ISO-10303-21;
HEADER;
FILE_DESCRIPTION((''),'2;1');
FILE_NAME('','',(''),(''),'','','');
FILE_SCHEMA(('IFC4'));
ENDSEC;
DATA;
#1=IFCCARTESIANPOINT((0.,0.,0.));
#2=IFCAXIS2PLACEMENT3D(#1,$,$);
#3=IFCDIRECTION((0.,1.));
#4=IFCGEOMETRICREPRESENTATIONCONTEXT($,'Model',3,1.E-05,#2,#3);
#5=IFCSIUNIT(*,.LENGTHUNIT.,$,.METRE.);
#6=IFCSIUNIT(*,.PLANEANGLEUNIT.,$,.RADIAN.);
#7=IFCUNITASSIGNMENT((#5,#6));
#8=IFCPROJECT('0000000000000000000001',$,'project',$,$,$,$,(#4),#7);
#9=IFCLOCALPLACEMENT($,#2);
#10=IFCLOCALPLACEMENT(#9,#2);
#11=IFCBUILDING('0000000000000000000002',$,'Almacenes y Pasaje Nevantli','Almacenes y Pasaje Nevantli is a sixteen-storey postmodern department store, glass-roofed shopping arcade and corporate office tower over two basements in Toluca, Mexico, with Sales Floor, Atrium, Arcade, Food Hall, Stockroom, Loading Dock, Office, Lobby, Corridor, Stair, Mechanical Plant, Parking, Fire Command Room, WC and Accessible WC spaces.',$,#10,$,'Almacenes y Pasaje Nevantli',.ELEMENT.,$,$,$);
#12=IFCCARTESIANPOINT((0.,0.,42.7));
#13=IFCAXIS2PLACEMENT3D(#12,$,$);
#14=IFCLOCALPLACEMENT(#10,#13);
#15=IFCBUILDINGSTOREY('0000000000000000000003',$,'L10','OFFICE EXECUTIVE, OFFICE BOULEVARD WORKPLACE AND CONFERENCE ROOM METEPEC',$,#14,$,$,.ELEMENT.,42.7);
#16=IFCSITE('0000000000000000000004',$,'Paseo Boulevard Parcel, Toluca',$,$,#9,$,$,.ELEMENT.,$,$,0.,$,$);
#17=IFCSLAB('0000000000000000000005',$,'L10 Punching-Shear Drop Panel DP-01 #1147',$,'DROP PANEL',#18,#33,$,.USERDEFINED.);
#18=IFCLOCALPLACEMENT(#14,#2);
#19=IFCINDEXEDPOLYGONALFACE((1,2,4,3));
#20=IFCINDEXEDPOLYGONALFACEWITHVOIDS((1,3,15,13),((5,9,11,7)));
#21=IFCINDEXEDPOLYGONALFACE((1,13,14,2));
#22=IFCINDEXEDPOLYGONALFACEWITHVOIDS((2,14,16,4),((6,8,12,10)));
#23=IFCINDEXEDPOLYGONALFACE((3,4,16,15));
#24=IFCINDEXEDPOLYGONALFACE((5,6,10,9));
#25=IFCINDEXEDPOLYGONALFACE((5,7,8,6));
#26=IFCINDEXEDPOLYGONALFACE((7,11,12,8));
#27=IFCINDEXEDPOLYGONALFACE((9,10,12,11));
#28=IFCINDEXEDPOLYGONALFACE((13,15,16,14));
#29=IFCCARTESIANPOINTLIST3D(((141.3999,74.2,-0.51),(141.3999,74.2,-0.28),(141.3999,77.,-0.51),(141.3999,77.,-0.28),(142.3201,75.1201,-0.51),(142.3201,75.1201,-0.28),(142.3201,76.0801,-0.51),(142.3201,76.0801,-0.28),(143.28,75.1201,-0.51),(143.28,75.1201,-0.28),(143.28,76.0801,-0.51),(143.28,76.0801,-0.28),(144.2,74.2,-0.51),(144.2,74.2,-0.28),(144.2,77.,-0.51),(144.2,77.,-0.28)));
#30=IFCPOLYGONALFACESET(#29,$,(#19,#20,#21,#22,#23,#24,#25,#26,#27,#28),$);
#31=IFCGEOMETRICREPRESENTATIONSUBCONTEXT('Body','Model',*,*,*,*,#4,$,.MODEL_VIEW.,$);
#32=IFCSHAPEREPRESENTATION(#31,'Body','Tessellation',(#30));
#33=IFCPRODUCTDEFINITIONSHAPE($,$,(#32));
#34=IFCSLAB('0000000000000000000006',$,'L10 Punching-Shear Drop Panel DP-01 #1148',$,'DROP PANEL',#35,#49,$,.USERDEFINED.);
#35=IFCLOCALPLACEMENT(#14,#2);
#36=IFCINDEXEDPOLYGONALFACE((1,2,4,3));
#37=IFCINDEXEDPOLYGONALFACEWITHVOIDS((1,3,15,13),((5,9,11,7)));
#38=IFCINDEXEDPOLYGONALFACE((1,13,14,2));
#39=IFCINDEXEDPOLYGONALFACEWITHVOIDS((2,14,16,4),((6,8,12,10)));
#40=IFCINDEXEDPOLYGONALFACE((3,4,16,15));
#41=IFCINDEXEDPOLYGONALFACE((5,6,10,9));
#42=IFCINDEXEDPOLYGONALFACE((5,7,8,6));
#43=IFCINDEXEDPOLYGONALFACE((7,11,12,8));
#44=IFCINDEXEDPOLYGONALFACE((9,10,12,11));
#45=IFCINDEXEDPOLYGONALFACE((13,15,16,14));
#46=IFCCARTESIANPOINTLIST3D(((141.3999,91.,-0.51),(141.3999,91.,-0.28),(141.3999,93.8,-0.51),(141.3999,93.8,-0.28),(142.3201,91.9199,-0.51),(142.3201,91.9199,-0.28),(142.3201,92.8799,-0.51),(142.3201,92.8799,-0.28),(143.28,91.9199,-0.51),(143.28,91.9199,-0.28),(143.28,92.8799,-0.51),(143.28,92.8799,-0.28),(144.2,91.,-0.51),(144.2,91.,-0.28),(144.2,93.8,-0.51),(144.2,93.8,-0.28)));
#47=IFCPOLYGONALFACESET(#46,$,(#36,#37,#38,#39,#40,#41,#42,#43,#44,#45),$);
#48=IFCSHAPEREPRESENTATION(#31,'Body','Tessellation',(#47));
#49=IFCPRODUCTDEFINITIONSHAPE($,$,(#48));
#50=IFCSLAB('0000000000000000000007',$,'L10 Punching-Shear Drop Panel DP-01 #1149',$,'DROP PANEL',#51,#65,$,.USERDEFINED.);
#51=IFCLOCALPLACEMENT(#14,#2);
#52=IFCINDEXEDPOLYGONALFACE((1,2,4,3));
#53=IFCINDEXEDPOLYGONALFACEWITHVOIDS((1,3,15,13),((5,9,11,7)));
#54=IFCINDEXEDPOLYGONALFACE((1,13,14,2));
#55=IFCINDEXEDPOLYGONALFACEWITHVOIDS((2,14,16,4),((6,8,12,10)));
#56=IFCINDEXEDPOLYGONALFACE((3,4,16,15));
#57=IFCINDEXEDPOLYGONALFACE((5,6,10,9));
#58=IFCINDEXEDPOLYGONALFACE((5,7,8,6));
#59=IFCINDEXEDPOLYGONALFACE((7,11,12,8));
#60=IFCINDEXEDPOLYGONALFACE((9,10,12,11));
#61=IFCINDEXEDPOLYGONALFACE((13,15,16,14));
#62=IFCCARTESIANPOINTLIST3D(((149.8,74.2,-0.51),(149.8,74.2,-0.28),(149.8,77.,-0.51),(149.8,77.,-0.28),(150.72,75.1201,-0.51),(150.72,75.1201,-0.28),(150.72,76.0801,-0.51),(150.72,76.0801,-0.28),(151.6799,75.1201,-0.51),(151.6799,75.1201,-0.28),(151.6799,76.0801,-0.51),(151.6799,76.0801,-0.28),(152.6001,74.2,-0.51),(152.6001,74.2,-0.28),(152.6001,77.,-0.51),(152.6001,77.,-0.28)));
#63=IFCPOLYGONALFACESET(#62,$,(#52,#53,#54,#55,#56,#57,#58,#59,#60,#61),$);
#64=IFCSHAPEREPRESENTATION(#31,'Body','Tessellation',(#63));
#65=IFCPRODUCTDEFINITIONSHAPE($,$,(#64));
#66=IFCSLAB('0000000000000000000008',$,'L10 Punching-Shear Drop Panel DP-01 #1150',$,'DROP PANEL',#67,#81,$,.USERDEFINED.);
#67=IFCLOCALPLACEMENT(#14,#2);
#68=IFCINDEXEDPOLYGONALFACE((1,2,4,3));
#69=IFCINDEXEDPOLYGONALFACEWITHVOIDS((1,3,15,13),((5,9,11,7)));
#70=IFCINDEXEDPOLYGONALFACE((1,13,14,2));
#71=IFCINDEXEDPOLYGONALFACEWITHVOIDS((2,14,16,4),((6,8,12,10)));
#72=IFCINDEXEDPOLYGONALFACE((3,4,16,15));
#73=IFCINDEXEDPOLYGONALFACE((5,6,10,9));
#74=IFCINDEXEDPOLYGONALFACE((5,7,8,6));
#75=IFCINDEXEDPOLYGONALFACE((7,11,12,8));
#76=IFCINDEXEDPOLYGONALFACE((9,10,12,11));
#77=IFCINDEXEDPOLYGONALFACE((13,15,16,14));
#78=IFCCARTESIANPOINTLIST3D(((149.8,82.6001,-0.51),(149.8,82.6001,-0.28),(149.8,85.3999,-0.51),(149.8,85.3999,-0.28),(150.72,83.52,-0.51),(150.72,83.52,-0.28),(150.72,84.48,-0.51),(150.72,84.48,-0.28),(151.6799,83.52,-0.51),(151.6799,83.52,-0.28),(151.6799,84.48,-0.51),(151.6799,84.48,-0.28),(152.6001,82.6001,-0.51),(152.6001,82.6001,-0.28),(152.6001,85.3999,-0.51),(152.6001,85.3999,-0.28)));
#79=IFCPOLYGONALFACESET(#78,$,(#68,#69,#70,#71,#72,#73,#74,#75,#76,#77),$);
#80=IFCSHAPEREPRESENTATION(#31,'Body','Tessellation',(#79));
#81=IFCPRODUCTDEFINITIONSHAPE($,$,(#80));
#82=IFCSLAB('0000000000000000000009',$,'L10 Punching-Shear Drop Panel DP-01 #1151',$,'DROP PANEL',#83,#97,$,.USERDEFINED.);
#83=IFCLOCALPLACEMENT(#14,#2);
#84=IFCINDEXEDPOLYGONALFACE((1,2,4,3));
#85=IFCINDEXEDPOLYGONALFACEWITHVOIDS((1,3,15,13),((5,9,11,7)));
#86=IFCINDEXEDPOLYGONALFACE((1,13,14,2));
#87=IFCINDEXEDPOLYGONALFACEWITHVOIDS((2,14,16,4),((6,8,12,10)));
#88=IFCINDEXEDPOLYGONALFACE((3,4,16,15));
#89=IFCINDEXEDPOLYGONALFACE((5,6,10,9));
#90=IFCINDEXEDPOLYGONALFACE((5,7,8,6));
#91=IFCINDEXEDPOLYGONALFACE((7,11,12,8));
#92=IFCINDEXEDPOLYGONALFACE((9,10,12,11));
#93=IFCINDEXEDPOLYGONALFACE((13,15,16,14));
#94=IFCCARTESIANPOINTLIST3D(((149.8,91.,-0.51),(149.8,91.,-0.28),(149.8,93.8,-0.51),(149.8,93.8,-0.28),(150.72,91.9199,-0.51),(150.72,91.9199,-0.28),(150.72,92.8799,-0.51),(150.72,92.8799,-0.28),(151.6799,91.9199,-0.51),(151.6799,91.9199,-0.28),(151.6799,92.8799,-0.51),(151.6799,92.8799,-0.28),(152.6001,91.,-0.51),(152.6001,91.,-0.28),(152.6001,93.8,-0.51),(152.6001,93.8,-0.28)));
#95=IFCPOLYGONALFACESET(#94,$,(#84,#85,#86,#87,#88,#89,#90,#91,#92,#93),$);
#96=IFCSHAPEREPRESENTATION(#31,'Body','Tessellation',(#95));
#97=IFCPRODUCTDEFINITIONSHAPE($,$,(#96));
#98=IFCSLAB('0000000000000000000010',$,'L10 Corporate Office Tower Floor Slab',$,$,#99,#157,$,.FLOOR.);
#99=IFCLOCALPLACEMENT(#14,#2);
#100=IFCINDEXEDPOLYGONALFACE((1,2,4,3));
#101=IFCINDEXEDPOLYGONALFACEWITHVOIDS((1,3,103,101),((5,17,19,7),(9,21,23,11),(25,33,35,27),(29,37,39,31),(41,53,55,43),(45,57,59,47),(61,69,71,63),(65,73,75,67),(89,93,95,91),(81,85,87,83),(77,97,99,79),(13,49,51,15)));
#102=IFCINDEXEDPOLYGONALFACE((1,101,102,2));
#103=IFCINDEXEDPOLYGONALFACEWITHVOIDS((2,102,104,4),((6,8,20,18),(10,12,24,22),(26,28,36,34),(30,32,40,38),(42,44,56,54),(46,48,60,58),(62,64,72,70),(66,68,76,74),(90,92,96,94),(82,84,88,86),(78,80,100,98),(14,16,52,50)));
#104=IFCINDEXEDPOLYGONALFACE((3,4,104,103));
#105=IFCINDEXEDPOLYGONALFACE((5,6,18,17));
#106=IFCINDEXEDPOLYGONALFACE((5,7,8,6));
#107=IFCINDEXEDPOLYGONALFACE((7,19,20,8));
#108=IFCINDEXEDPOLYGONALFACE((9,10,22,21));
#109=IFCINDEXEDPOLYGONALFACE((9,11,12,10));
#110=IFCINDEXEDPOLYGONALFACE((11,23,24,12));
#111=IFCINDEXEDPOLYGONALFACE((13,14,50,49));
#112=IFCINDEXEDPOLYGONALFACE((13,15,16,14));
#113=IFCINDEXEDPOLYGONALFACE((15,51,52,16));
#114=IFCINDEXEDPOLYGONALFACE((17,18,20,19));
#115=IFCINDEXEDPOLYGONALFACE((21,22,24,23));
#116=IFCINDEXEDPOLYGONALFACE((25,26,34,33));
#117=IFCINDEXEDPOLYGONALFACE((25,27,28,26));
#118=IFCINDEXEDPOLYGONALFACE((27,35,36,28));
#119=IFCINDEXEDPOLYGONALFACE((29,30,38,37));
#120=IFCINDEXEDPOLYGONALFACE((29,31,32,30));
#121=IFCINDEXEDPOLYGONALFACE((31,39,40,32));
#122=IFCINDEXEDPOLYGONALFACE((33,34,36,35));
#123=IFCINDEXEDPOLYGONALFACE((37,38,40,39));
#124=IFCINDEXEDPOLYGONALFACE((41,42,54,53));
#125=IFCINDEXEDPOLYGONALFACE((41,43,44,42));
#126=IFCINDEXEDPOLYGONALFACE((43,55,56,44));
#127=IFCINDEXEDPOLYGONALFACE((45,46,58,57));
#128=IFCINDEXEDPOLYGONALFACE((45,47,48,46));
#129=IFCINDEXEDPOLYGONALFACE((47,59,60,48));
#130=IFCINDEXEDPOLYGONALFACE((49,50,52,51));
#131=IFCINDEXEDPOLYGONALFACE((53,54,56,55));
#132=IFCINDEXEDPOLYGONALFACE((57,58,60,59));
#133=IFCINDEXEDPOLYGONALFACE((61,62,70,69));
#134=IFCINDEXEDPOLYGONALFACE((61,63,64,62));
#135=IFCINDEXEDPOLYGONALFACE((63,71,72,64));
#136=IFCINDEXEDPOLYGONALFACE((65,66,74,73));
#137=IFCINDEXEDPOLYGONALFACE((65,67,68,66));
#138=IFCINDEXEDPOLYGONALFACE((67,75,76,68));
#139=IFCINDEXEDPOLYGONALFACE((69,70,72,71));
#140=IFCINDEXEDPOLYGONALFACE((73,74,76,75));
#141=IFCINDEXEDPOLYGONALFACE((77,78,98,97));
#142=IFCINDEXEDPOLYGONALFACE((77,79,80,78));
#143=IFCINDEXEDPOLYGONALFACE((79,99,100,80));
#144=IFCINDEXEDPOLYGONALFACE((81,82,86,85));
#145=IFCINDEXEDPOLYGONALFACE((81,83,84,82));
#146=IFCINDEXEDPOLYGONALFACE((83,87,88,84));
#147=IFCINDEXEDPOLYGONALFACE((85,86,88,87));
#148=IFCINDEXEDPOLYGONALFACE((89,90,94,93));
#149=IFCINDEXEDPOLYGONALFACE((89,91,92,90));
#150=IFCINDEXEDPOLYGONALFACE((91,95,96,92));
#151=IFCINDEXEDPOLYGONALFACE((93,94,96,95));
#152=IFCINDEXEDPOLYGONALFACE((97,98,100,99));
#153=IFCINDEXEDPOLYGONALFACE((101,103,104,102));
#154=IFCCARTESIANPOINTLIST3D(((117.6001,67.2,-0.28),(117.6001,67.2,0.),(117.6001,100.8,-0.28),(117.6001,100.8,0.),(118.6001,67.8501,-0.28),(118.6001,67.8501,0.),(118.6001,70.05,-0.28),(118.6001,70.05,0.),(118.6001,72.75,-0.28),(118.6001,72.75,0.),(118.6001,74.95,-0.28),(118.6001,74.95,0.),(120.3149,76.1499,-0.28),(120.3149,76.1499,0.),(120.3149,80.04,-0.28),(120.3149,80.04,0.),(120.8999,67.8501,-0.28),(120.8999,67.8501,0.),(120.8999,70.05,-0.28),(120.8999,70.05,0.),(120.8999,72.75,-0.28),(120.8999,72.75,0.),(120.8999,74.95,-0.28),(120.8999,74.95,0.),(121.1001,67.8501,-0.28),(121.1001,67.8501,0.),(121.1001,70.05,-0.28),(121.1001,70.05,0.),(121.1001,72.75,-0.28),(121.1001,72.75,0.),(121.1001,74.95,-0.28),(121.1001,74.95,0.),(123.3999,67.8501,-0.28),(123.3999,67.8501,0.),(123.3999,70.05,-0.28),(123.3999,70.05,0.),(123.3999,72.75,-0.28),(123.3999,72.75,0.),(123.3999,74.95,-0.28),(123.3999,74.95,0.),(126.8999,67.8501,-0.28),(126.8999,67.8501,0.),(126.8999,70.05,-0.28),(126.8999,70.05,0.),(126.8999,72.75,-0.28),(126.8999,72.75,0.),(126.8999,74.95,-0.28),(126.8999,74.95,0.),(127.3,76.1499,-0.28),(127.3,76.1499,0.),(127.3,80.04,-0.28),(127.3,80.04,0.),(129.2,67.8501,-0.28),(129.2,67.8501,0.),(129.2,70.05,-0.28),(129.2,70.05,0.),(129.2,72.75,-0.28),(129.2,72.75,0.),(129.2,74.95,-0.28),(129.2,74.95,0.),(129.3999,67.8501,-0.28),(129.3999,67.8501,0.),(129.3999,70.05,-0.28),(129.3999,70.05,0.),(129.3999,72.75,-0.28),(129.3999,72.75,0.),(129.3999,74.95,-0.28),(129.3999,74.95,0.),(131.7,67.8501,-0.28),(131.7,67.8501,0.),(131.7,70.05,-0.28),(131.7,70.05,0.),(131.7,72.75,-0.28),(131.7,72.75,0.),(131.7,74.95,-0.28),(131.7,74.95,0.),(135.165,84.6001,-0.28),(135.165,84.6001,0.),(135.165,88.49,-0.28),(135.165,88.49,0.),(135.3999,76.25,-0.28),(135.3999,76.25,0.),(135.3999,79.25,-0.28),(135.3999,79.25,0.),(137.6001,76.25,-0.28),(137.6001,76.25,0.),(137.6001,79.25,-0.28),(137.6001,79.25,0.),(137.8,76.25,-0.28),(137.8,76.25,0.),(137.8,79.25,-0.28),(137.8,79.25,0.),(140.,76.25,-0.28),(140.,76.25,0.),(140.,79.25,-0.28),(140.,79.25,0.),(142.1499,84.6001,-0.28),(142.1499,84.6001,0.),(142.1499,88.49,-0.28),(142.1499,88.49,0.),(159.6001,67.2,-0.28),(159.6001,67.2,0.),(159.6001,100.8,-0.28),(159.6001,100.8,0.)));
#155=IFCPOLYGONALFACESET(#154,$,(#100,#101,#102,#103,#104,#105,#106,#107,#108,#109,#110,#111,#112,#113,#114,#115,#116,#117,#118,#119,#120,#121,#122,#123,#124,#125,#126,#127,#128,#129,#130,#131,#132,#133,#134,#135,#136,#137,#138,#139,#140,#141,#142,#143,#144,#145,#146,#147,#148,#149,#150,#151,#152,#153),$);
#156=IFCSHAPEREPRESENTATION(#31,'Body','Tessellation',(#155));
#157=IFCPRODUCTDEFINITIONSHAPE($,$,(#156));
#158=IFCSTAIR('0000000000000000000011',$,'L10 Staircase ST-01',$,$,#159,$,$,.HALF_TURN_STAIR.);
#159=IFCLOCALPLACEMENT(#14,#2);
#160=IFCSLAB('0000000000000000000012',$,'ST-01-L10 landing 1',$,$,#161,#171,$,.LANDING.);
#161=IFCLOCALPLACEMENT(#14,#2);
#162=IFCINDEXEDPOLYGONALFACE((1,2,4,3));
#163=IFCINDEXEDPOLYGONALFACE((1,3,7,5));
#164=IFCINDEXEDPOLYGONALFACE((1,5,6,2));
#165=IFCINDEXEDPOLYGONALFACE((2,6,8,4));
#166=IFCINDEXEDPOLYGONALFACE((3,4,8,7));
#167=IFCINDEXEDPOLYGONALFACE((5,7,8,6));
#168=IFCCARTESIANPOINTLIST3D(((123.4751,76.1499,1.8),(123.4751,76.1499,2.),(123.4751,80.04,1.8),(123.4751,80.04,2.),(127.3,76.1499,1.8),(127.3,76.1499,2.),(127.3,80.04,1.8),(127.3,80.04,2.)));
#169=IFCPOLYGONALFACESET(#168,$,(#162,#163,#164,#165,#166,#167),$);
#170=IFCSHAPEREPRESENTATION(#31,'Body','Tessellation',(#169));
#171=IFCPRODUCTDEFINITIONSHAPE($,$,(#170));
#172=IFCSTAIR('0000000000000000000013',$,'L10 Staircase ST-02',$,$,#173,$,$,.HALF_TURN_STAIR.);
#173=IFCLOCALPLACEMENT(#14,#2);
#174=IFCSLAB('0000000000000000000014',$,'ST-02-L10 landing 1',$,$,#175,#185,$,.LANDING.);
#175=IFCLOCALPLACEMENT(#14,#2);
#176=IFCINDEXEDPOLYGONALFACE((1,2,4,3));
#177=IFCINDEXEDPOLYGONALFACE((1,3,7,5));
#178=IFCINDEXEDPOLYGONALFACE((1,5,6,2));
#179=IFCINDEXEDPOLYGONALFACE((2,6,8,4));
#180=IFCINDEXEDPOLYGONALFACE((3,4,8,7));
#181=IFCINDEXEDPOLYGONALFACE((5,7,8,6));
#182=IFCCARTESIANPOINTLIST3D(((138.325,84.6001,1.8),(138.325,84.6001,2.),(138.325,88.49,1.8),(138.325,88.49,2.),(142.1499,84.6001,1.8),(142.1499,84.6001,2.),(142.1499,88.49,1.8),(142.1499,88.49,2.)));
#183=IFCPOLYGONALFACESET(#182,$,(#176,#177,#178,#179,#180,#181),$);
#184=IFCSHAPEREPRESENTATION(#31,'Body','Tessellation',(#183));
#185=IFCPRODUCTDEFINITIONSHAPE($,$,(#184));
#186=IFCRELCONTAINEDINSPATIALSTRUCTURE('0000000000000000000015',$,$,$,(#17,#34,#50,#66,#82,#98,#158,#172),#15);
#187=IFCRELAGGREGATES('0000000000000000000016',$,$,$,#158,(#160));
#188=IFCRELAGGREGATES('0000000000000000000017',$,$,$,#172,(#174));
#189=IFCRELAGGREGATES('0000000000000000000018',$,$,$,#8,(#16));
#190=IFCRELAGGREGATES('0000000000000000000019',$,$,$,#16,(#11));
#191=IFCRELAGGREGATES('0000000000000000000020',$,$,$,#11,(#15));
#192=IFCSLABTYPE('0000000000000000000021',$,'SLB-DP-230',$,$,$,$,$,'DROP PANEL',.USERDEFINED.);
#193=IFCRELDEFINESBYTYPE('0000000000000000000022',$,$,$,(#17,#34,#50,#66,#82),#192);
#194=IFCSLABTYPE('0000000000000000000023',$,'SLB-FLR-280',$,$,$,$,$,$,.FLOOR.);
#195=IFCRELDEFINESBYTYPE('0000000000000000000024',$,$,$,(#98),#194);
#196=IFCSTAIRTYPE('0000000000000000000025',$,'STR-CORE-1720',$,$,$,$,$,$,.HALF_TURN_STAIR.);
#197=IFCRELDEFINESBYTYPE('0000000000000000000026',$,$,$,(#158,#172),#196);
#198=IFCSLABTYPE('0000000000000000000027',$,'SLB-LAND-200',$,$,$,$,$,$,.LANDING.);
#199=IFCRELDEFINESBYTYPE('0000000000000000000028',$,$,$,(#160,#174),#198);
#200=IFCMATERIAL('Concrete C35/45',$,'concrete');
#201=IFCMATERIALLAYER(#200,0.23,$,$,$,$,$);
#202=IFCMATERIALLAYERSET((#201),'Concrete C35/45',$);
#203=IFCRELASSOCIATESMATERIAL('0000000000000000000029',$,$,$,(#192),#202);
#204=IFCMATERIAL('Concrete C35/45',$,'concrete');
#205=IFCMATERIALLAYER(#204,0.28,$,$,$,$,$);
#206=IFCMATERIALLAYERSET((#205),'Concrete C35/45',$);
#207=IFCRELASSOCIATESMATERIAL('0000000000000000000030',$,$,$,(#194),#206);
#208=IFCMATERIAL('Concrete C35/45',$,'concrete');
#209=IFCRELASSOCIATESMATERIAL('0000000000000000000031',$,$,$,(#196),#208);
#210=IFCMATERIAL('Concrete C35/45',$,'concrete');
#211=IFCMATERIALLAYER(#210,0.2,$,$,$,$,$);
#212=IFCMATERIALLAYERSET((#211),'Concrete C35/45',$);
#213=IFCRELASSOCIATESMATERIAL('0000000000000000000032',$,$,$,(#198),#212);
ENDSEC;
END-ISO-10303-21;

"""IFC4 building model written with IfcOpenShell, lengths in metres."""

from ifc_helpers import new_model, si_unit, direction, frame, origin, place, context, subcontext, project, spatial, polyline, outline, extrude, material, layer, layer_set, type_object, element, aggregate, save


model = new_model("IFC4")

# Units and contexts
model_context = context("Model", 3, precision=1e-05, world=origin(), true_north=direction((0.0, 1.0)))
body_context = subcontext(model_context, "Body", "Model", "MODEL_VIEW")
ifc_project = project(units=[si_unit("LENGTHUNIT", "METRE"), si_unit("PLANEANGLEUNIT", "RADIAN")], contexts=[model_context])

# Site, building, storey
site_placement = place(None, origin())
site = spatial("IfcSite", under=ifc_project, at=site_placement, Name="Paseo Boulevard Parcel, Toluca", CompositionType="ELEMENT", RefElevation=0.0)
building_placement = place(site_placement, origin())
building = spatial("IfcBuilding", under=site, at=building_placement, Name="Almacenes y Pasaje Nevantli", Description="Almacenes y Pasaje Nevantli is a sixteen-storey postmodern department store, glass-roofed shopping arcade and corporate office tower over two basements in Toluca, Mexico, with Sales Floor, Atrium, Arcade, Food Hall, Stockroom, Loading Dock, Office, Lobby, Corridor, Stair, Mechanical Plant, Parking, Fire Command Room, WC and Accessible WC spaces.", LongName="Almacenes y Pasaje Nevantli", CompositionType="ELEMENT")
storey_placement = place(building_placement, frame((0.0, 0.0, 42.7)))
storey = spatial("IfcBuildingStorey", under=building, at=storey_placement, Name="L10", Description="OFFICE EXECUTIVE, OFFICE BOULEVARD WORKPLACE AND CONFERENCE ROOM METEPEC", CompositionType="ELEMENT", Elevation=42.7)

# Slabs
ifc_material_1 = material(Name="Concrete C35/45", Category="concrete")
ifc_layer_1 = layer(ifc_material_1, 0.23)
ifc_layer_set_1 = layer_set([ifc_layer_1], Name="Concrete C35/45")
slab_type_1 = type_object("IfcSlabType", Name="SLB-DP-230", ElementType="DROP PANEL", PredefinedType="USERDEFINED", material=ifc_layer_set_1)
slab_1_placement = place(storey_placement, frame((0.0, 0.0, -0.51)))
element("IfcSlab", 1, at=slab_1_placement, inside=storey, type_object=slab_type_1, Name="L10 Punching-Shear Drop Panel DP-01 #1147", ObjectType="DROP PANEL", PredefinedType="USERDEFINED", context=body_context, shape_type="SweptSolid", body=[
    extrude(outline(polyline([(141.3999, 74.2), (144.2, 74.2), (144.2, 77.0), (141.3999, 77.0), (141.3999, 74.2)]), holes=[polyline([(142.3201, 75.1201), (143.28, 75.1201), (143.28, 76.0801), (142.3201, 76.0801), (142.3201, 75.1201)])]), origin(), (0.0, 0.0, 1.0), 0.23),
])
slab_2_placement = place(storey_placement, frame((0.0, 0.0, -0.51)))
element("IfcSlab", 2, at=slab_2_placement, inside=storey, type_object=slab_type_1, Name="L10 Punching-Shear Drop Panel DP-01 #1148", ObjectType="DROP PANEL", PredefinedType="USERDEFINED", context=body_context, shape_type="SweptSolid", body=[
    extrude(outline(polyline([(141.3999, 91.0), (144.2, 91.0), (144.2, 93.8), (141.3999, 93.8), (141.3999, 91.0)]), holes=[polyline([(142.3201, 91.9199), (143.28, 91.9199), (143.28, 92.8799), (142.3201, 92.8799), (142.3201, 91.9199)])]), origin(), (0.0, 0.0, 1.0), 0.23),
])
slab_3_placement = place(storey_placement, frame((0.0, 0.0, -0.51)))
element("IfcSlab", 3, at=slab_3_placement, inside=storey, type_object=slab_type_1, Name="L10 Punching-Shear Drop Panel DP-01 #1149", ObjectType="DROP PANEL", PredefinedType="USERDEFINED", context=body_context, shape_type="SweptSolid", body=[
    extrude(outline(polyline([(149.8, 74.2), (152.6001, 74.2), (152.6001, 77.0), (149.8, 77.0), (149.8, 74.2)]), holes=[polyline([(150.72, 75.1201), (151.6799, 75.1201), (151.6799, 76.0801), (150.72, 76.0801), (150.72, 75.1201)])]), origin(), (0.0, 0.0, 1.0), 0.23),
])
slab_4_placement = place(storey_placement, frame((0.0, 0.0, -0.51)))
element("IfcSlab", 4, at=slab_4_placement, inside=storey, type_object=slab_type_1, Name="L10 Punching-Shear Drop Panel DP-01 #1150", ObjectType="DROP PANEL", PredefinedType="USERDEFINED", context=body_context, shape_type="SweptSolid", body=[
    extrude(outline(polyline([(149.8, 82.6001), (152.6001, 82.6001), (152.6001, 85.3999), (149.8, 85.3999), (149.8, 82.6001)]), holes=[polyline([(150.72, 83.52), (151.6799, 83.52), (151.6799, 84.48), (150.72, 84.48), (150.72, 83.52)])]), origin(), (0.0, 0.0, 1.0), 0.23),
])
slab_5_placement = place(storey_placement, frame((0.0, 0.0, -0.51)))
element("IfcSlab", 5, at=slab_5_placement, inside=storey, type_object=slab_type_1, Name="L10 Punching-Shear Drop Panel DP-01 #1151", ObjectType="DROP PANEL", PredefinedType="USERDEFINED", context=body_context, shape_type="SweptSolid", body=[
    extrude(outline(polyline([(149.8, 91.0), (152.6001, 91.0), (152.6001, 93.8), (149.8, 93.8), (149.8, 91.0)]), holes=[polyline([(150.72, 91.9199), (151.6799, 91.9199), (151.6799, 92.8799), (150.72, 92.8799), (150.72, 91.9199)])]), origin(), (0.0, 0.0, 1.0), 0.23),
])
ifc_material_2 = material(Name="Concrete C35/45", Category="concrete")
ifc_layer_2 = layer(ifc_material_2, 0.28)
ifc_layer_set_2 = layer_set([ifc_layer_2], Name="Concrete C35/45")
slab_type_2 = type_object("IfcSlabType", Name="SLB-FLR-280", PredefinedType="FLOOR", material=ifc_layer_set_2)
slab_6_placement = place(storey_placement, frame((0.0, 0.0, -0.28)))
element("IfcSlab", 6, at=slab_6_placement, inside=storey, type_object=slab_type_2, Name="L10 Corporate Office Tower Floor Slab", PredefinedType="FLOOR", context=body_context, shape_type="SweptSolid", body=[
    extrude(outline(polyline([(117.6001, 67.2), (159.6001, 67.2), (159.6001, 100.8), (117.6001, 100.8), (117.6001, 67.2)]), holes=[polyline([(120.3149, 76.1499), (127.3, 76.1499), (127.3, 80.04), (120.3149, 80.04), (120.3149, 76.1499)]), polyline([(135.165, 84.6001), (142.1499, 84.6001), (142.1499, 88.49), (135.165, 88.49), (135.165, 84.6001)]), polyline([(126.8999, 67.8501), (129.2, 67.8501), (129.2, 70.05), (126.8999, 70.05), (126.8999, 67.8501)]), polyline([(129.3999, 67.8501), (131.7, 67.8501), (131.7, 70.05), (129.3999, 70.05), (129.3999, 67.8501)]), polyline([(126.8999, 72.75), (129.2, 72.75), (129.2, 74.95), (126.8999, 74.95), (126.8999, 72.75)]), polyline([(129.3999, 72.75), (131.7, 72.75), (131.7, 74.95), (129.3999, 74.95), (129.3999, 72.75)]), polyline([(118.6001, 67.8501), (120.8999, 67.8501), (120.8999, 70.05), (118.6001, 70.05), (118.6001, 67.8501)]), polyline([(121.1001, 67.8501), (123.3999, 67.8501), (123.3999, 70.05), (121.1001, 70.05), (121.1001, 67.8501)]), polyline([(118.6001, 72.75), (120.8999, 72.75), (120.8999, 74.95), (118.6001, 74.95), (118.6001, 72.75)]), polyline([(121.1001, 72.75), (123.3999, 72.75), (123.3999, 74.95), (121.1001, 74.95), (121.1001, 72.75)]), polyline([(135.3999, 76.25), (137.6001, 76.25), (137.6001, 79.25), (135.3999, 79.25), (135.3999, 76.25)]), polyline([(137.8, 76.25), (140.0, 76.25), (140.0, 79.25), (137.8, 79.25), (137.8, 76.25)])]), origin(), (0.0, 0.0, 1.0), 0.28),
])

# Stairs, slabs
ifc_material_3 = material(Name="Concrete C35/45", Category="concrete")
stair_type = type_object("IfcStairType", Name="STR-CORE-1720", PredefinedType="HALF_TURN_STAIR", material=ifc_material_3)
stair_1_placement = place(storey_placement, origin())
stair_1 = element("IfcStair", 7, at=stair_1_placement, inside=storey, type_object=stair_type, Name="L10 Staircase ST-01", PredefinedType="HALF_TURN_STAIR")
ifc_material_4 = material(Name="Concrete C35/45", Category="concrete")
ifc_layer_3 = layer(ifc_material_4, 0.2)
ifc_layer_set_3 = layer_set([ifc_layer_3], Name="Concrete C35/45")
slab_type_3 = type_object("IfcSlabType", Name="SLB-LAND-200", PredefinedType="LANDING", material=ifc_layer_set_3)
slab_7_placement = place(storey_placement, frame((0.0, 0.0, 1.8)))
slab_7 = element("IfcSlab", 8, at=slab_7_placement, type_object=slab_type_3, Name="ST-01-L10 landing 1", PredefinedType="LANDING", context=body_context, shape_type="SweptSolid", body=[
    extrude(outline(polyline([(123.4751, 76.1499), (127.3, 76.1499), (127.3, 80.04), (123.4751, 80.04), (123.4751, 76.1499)])), origin(), (0.0, 0.0, 1.0), 0.2),
])
aggregate(stair_1, [slab_7])
stair_2_placement = place(storey_placement, origin())
stair_2 = element("IfcStair", 9, at=stair_2_placement, inside=storey, type_object=stair_type, Name="L10 Staircase ST-02", PredefinedType="HALF_TURN_STAIR")
slab_8_placement = place(storey_placement, frame((0.0, 0.0, 1.8)))
slab_8 = element("IfcSlab", 10, at=slab_8_placement, type_object=slab_type_3, Name="ST-02-L10 landing 1", PredefinedType="LANDING", context=body_context, shape_type="SweptSolid", body=[
    extrude(outline(polyline([(138.325, 84.6001), (142.1499, 84.6001), (142.1499, 88.49), (138.325, 88.49), (138.325, 84.6001)])), origin(), (0.0, 0.0, 1.0), 0.2),
])
aggregate(stair_2, [slab_8])

save(model, "model.ifc")
